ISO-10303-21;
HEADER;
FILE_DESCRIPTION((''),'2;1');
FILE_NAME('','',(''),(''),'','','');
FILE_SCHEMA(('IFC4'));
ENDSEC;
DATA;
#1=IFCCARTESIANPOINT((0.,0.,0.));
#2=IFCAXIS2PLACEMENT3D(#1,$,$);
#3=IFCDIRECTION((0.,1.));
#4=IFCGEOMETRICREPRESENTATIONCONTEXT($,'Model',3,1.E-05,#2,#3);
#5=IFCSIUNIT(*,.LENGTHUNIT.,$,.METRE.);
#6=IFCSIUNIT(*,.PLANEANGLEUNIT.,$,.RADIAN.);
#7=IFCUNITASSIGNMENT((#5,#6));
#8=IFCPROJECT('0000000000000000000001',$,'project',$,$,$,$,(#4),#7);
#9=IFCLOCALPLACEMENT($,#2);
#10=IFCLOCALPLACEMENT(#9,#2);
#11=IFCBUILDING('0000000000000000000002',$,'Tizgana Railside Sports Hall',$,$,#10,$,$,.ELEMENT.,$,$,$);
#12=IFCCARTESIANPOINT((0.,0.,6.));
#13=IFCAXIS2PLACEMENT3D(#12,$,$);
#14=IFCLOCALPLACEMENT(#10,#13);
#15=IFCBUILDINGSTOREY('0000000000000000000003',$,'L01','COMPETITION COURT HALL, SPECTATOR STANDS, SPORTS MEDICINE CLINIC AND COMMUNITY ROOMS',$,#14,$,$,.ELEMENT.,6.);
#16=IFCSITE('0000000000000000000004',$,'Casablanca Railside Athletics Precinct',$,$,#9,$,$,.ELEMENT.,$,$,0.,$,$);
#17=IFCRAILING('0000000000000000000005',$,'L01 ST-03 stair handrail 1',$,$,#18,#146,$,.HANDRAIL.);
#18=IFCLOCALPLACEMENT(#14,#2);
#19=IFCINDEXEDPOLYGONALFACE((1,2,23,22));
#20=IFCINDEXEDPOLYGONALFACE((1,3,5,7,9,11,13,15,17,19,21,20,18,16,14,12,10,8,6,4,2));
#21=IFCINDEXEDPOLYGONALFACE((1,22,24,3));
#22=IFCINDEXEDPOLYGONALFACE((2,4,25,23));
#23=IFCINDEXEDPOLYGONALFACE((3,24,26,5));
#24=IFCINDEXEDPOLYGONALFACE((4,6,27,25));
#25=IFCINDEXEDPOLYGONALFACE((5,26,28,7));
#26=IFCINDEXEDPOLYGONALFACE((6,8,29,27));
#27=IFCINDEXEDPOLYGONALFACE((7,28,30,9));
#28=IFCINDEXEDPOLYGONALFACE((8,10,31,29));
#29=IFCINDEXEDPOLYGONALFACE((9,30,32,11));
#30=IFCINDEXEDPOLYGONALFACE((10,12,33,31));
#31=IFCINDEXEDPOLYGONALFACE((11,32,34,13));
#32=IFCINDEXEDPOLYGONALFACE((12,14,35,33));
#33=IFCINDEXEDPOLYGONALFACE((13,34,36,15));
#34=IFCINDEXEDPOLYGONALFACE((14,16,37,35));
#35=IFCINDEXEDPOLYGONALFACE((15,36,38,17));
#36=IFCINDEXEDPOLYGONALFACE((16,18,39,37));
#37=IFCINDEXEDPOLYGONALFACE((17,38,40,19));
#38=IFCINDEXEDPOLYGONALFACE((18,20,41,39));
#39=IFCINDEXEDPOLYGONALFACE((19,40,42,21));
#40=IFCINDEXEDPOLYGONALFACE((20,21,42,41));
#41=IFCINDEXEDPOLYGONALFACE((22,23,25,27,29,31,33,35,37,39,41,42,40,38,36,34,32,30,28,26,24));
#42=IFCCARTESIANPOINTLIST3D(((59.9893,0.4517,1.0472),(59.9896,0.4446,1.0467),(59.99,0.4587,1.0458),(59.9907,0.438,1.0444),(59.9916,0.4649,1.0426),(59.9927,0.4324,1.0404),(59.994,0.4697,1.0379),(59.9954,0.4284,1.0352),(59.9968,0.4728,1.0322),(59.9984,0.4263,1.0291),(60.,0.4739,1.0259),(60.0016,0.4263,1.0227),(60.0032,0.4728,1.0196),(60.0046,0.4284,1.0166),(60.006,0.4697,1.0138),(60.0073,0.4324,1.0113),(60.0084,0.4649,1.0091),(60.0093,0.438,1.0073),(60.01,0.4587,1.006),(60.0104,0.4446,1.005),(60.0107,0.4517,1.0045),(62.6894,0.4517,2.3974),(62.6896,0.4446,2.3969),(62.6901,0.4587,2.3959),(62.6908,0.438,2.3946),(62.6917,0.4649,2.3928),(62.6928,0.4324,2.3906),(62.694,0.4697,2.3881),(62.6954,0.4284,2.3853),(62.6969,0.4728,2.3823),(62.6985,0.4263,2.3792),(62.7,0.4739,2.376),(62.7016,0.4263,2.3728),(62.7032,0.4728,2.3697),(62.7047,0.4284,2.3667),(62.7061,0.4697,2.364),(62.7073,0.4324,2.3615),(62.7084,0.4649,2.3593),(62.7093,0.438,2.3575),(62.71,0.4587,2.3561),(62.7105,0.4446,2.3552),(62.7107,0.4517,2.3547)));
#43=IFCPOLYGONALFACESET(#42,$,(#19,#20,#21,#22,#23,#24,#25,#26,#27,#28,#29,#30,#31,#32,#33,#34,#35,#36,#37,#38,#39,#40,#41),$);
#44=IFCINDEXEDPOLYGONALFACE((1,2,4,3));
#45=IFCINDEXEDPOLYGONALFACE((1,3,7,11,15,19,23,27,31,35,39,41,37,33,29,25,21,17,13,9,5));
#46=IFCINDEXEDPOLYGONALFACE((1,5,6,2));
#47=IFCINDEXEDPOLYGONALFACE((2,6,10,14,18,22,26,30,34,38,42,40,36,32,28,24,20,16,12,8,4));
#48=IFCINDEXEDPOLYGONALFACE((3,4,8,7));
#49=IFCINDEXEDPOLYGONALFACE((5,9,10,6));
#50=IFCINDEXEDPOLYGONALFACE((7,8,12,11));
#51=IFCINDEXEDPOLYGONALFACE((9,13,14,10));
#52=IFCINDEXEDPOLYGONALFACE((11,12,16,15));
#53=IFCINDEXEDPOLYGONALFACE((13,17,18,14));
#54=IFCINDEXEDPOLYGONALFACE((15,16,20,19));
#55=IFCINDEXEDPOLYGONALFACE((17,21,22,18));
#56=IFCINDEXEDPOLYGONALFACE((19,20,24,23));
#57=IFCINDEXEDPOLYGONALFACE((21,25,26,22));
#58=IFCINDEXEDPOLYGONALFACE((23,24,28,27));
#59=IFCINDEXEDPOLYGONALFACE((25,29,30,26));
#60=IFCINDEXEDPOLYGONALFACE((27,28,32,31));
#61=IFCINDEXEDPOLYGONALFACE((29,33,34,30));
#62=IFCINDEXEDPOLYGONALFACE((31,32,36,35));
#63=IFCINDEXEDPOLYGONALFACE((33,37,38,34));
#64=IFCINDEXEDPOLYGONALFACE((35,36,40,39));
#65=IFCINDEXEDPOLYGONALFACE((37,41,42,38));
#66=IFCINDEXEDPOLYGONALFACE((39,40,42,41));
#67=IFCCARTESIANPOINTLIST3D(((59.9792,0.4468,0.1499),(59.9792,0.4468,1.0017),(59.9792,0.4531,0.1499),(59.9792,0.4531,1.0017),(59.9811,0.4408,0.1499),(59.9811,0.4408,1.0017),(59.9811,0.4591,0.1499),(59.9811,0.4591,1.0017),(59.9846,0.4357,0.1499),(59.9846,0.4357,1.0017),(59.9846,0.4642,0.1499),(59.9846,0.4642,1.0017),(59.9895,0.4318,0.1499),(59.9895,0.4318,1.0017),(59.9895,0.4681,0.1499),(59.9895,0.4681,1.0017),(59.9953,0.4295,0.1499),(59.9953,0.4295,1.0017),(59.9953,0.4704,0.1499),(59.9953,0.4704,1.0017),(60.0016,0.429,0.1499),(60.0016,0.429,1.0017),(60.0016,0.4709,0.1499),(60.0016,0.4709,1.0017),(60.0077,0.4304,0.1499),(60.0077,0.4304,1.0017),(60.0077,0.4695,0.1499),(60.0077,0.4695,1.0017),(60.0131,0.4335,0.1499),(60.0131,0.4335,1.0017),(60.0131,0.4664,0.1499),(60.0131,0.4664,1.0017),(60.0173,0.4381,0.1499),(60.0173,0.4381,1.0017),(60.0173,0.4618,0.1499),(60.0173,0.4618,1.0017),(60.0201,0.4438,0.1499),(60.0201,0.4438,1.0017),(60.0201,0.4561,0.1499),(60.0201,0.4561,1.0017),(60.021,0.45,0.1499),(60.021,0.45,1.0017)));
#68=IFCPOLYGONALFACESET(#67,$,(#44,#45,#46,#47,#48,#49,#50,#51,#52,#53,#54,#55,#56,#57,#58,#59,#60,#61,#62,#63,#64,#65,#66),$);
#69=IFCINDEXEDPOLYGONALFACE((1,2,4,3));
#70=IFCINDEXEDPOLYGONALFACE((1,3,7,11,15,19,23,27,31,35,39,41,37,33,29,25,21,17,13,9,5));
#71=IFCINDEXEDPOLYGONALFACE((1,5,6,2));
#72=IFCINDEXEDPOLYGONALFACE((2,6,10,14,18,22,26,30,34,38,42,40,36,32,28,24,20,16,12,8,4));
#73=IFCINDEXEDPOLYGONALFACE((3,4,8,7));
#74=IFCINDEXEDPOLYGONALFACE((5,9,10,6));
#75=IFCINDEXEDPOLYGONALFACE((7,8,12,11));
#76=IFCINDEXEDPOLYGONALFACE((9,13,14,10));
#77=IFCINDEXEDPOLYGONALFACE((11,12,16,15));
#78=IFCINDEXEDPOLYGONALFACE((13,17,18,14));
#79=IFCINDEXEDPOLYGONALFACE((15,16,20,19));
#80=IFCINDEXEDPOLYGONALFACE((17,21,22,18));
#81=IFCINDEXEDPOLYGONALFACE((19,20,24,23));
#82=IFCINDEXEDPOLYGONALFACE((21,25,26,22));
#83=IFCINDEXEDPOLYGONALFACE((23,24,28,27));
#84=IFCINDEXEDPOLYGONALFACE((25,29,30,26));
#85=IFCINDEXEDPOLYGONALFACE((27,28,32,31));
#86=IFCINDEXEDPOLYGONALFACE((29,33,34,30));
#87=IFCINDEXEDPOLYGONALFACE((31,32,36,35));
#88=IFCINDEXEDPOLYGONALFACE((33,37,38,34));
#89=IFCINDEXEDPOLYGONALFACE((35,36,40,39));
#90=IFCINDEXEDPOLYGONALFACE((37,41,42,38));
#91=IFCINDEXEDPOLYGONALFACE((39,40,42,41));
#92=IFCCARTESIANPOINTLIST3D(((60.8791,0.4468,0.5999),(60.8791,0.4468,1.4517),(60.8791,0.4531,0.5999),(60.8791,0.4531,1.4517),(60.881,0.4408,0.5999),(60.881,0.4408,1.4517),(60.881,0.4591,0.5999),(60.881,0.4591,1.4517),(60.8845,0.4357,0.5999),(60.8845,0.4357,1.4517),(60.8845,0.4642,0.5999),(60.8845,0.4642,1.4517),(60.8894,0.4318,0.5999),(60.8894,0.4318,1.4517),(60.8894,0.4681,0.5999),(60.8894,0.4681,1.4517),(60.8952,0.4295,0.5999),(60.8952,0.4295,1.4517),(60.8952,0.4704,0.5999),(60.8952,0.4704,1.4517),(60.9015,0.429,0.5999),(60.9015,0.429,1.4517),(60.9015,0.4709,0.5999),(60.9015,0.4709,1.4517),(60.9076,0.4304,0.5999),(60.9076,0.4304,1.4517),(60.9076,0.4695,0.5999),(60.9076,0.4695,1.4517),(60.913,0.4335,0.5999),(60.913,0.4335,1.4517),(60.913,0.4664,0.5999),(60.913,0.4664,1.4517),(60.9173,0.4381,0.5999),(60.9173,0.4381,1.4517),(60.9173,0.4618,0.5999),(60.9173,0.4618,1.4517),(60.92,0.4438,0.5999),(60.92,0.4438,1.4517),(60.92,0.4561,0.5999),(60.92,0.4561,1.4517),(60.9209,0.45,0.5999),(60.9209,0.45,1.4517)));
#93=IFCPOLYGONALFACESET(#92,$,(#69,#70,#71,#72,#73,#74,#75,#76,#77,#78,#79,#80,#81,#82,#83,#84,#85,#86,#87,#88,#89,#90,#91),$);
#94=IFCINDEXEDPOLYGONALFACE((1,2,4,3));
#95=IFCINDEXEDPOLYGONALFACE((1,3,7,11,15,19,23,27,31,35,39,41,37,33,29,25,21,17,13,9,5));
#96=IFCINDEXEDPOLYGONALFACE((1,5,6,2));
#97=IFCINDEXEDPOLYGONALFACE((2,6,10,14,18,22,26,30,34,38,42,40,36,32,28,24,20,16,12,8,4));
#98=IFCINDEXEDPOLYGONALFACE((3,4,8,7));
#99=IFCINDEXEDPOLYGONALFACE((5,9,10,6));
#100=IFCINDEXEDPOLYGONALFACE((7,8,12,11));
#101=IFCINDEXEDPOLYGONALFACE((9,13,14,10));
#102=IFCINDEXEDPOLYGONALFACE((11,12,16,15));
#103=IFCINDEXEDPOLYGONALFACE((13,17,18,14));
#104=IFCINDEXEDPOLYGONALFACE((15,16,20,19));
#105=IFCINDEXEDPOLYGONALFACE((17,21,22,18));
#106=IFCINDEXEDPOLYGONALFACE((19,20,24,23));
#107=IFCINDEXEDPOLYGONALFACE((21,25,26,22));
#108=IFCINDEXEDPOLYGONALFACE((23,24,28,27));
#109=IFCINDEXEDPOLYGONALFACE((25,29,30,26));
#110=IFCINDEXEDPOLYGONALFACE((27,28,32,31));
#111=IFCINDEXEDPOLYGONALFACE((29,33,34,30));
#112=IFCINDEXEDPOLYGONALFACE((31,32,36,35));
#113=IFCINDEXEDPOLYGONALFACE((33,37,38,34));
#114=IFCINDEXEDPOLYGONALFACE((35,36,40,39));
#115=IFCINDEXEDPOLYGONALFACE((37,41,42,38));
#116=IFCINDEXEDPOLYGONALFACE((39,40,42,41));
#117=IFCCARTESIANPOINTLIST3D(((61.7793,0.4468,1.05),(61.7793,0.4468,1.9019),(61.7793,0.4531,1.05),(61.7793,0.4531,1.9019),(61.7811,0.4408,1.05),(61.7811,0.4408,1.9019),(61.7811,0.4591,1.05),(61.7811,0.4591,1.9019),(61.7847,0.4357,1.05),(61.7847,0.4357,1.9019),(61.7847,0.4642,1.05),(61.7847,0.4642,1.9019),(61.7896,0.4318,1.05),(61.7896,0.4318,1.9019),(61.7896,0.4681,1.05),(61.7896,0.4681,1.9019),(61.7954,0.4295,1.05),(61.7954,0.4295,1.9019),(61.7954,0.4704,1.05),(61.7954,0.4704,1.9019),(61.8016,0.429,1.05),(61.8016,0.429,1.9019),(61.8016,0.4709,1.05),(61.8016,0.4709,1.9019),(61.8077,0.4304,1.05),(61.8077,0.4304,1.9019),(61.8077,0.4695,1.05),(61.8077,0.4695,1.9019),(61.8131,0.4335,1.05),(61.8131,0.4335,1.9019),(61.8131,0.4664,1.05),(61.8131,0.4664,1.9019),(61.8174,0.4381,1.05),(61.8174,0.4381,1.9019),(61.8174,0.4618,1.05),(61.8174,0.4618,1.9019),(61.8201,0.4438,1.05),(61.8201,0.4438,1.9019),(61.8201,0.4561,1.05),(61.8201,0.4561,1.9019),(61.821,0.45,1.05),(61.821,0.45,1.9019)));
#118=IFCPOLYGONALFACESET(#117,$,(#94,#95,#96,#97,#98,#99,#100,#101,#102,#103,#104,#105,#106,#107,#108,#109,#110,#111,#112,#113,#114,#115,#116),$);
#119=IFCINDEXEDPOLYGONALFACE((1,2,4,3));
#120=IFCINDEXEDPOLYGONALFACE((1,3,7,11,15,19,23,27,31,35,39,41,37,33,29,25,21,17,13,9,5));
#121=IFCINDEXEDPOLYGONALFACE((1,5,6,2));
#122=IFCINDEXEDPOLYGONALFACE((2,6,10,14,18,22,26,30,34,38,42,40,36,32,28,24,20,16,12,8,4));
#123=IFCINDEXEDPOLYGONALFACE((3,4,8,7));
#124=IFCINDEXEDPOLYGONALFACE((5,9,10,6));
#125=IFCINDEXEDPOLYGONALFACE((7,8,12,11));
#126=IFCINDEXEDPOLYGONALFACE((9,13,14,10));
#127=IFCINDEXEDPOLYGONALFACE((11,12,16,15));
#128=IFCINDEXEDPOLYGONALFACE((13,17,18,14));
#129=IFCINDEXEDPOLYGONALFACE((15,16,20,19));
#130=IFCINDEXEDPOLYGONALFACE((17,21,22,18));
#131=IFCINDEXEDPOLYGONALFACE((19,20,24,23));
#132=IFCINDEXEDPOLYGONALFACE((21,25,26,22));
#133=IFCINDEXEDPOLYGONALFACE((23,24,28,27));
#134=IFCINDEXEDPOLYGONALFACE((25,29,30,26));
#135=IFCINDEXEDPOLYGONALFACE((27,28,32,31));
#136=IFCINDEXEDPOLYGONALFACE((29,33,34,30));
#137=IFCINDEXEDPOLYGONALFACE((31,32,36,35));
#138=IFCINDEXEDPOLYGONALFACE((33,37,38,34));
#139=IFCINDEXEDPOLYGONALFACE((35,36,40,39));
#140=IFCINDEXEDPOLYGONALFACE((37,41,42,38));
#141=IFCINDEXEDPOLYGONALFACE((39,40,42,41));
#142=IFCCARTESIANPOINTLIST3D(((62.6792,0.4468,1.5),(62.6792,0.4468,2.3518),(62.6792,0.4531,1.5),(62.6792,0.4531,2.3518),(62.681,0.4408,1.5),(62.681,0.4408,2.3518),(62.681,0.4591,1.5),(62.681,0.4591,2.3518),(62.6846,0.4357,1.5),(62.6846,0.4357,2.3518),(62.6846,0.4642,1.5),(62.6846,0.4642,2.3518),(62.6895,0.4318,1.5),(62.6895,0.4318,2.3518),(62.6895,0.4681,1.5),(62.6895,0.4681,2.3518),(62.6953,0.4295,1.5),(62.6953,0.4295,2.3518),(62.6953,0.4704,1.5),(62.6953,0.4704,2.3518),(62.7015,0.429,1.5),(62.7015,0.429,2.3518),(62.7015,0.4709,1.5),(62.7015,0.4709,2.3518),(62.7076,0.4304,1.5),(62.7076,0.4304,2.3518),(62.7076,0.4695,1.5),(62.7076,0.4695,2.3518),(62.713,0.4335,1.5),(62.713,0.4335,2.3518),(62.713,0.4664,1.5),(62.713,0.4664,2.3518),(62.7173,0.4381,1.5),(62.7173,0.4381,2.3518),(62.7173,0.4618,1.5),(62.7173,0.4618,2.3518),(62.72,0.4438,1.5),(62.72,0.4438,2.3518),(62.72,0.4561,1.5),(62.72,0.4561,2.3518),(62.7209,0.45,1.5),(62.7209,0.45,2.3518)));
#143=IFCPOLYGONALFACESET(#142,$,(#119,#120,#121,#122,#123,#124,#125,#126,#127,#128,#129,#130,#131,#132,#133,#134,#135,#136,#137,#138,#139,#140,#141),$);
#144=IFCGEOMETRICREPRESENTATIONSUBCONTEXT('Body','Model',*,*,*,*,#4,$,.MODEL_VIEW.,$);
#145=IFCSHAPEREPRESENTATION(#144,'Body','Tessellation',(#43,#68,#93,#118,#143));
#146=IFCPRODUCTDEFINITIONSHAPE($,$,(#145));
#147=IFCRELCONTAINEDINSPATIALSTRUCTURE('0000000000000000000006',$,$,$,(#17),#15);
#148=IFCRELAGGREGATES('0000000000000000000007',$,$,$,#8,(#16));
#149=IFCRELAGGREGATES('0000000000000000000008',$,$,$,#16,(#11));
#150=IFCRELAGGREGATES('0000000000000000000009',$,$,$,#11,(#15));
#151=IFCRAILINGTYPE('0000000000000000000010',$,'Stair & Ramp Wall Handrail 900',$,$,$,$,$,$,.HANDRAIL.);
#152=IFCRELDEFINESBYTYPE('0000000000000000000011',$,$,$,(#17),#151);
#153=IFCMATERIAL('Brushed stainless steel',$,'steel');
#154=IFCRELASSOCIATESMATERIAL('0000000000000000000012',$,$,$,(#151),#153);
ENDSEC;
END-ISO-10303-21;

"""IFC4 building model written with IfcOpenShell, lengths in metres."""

from ifc_helpers import new_model, si_unit, direction, frame, origin, origin_2d, place, context, subcontext, project, spatial, circle, extrude, material, type_object, element, save


model = new_model("IFC4")

# Units and contexts
model_context = context("Model", 3, precision=1e-05, world=origin(), true_north=direction((0.0, 1.0)))
body_context = subcontext(model_context, "Body", "Model", "MODEL_VIEW")
ifc_project = project(units=[si_unit("LENGTHUNIT", "METRE"), si_unit("PLANEANGLEUNIT", "RADIAN")], contexts=[model_context])

# Site, building, storey
site_placement = place(None, origin())
site = spatial("IfcSite", under=ifc_project, at=site_placement, Name="Casablanca Railside Athletics Precinct", CompositionType="ELEMENT", RefElevation=0.0)
building_placement = place(site_placement, origin())
building = spatial("IfcBuilding", under=site, at=building_placement, Name="Tizgana Railside Sports Hall", CompositionType="ELEMENT")
storey_placement = place(building_placement, frame((0.0, 0.0, 6.0)))
storey = spatial("IfcBuildingStorey", under=building, at=storey_placement, Name="L01", Description="COMPETITION COURT HALL, SPECTATOR STANDS, SPORTS MEDICINE CLINIC AND COMMUNITY ROOMS", CompositionType="ELEMENT", Elevation=6.0)

# Shared definitions
ifc_material_1 = material(Name="Brushed stainless steel", Category="steel")

# Railing
railing_type_1 = type_object("IfcRailingType", Name="Stair & Ramp Wall Handrail 900", PredefinedType="HANDRAIL", material=ifc_material_1)
railing_1_placement = place(storey_placement, frame((60.0, 0.45, 0.1499)))
element("IfcRailing", 1, at=railing_1_placement, inside=storey, type_object=railing_type_1, Name="L01 ST-03 stair handrail 1", PredefinedType="HANDRAIL", context=body_context, shape_type="SweptSolid", body=[
    extrude(circle(Radius=0.0239, at=origin_2d()), frame((0.0, 0.0, 0.876), z_axis=(0.894411, 0.0, 0.447246), x_axis=(0.0, 1.0, 0.0)), (0.0, 0.0, 1.0), 3.0188),
    extrude(circle(Radius=0.021, at=origin_2d()), origin(), (0.0, 0.0, 1.0), 0.8518),
    extrude(circle(Radius=0.021, at=origin_2d()), frame((0.8999, 0.0, 0.45)), (0.0, 0.0, 1.0), 0.8518),
    extrude(circle(Radius=0.021, at=origin_2d()), frame((1.8, 0.0, 0.9001)), (0.0, 0.0, 1.0), 0.8518),
    extrude(circle(Radius=0.021, at=origin_2d()), frame((2.7, 0.0, 1.3501)), (0.0, 0.0, 1.0), 0.8518),
])

save(model, "model.ifc")
